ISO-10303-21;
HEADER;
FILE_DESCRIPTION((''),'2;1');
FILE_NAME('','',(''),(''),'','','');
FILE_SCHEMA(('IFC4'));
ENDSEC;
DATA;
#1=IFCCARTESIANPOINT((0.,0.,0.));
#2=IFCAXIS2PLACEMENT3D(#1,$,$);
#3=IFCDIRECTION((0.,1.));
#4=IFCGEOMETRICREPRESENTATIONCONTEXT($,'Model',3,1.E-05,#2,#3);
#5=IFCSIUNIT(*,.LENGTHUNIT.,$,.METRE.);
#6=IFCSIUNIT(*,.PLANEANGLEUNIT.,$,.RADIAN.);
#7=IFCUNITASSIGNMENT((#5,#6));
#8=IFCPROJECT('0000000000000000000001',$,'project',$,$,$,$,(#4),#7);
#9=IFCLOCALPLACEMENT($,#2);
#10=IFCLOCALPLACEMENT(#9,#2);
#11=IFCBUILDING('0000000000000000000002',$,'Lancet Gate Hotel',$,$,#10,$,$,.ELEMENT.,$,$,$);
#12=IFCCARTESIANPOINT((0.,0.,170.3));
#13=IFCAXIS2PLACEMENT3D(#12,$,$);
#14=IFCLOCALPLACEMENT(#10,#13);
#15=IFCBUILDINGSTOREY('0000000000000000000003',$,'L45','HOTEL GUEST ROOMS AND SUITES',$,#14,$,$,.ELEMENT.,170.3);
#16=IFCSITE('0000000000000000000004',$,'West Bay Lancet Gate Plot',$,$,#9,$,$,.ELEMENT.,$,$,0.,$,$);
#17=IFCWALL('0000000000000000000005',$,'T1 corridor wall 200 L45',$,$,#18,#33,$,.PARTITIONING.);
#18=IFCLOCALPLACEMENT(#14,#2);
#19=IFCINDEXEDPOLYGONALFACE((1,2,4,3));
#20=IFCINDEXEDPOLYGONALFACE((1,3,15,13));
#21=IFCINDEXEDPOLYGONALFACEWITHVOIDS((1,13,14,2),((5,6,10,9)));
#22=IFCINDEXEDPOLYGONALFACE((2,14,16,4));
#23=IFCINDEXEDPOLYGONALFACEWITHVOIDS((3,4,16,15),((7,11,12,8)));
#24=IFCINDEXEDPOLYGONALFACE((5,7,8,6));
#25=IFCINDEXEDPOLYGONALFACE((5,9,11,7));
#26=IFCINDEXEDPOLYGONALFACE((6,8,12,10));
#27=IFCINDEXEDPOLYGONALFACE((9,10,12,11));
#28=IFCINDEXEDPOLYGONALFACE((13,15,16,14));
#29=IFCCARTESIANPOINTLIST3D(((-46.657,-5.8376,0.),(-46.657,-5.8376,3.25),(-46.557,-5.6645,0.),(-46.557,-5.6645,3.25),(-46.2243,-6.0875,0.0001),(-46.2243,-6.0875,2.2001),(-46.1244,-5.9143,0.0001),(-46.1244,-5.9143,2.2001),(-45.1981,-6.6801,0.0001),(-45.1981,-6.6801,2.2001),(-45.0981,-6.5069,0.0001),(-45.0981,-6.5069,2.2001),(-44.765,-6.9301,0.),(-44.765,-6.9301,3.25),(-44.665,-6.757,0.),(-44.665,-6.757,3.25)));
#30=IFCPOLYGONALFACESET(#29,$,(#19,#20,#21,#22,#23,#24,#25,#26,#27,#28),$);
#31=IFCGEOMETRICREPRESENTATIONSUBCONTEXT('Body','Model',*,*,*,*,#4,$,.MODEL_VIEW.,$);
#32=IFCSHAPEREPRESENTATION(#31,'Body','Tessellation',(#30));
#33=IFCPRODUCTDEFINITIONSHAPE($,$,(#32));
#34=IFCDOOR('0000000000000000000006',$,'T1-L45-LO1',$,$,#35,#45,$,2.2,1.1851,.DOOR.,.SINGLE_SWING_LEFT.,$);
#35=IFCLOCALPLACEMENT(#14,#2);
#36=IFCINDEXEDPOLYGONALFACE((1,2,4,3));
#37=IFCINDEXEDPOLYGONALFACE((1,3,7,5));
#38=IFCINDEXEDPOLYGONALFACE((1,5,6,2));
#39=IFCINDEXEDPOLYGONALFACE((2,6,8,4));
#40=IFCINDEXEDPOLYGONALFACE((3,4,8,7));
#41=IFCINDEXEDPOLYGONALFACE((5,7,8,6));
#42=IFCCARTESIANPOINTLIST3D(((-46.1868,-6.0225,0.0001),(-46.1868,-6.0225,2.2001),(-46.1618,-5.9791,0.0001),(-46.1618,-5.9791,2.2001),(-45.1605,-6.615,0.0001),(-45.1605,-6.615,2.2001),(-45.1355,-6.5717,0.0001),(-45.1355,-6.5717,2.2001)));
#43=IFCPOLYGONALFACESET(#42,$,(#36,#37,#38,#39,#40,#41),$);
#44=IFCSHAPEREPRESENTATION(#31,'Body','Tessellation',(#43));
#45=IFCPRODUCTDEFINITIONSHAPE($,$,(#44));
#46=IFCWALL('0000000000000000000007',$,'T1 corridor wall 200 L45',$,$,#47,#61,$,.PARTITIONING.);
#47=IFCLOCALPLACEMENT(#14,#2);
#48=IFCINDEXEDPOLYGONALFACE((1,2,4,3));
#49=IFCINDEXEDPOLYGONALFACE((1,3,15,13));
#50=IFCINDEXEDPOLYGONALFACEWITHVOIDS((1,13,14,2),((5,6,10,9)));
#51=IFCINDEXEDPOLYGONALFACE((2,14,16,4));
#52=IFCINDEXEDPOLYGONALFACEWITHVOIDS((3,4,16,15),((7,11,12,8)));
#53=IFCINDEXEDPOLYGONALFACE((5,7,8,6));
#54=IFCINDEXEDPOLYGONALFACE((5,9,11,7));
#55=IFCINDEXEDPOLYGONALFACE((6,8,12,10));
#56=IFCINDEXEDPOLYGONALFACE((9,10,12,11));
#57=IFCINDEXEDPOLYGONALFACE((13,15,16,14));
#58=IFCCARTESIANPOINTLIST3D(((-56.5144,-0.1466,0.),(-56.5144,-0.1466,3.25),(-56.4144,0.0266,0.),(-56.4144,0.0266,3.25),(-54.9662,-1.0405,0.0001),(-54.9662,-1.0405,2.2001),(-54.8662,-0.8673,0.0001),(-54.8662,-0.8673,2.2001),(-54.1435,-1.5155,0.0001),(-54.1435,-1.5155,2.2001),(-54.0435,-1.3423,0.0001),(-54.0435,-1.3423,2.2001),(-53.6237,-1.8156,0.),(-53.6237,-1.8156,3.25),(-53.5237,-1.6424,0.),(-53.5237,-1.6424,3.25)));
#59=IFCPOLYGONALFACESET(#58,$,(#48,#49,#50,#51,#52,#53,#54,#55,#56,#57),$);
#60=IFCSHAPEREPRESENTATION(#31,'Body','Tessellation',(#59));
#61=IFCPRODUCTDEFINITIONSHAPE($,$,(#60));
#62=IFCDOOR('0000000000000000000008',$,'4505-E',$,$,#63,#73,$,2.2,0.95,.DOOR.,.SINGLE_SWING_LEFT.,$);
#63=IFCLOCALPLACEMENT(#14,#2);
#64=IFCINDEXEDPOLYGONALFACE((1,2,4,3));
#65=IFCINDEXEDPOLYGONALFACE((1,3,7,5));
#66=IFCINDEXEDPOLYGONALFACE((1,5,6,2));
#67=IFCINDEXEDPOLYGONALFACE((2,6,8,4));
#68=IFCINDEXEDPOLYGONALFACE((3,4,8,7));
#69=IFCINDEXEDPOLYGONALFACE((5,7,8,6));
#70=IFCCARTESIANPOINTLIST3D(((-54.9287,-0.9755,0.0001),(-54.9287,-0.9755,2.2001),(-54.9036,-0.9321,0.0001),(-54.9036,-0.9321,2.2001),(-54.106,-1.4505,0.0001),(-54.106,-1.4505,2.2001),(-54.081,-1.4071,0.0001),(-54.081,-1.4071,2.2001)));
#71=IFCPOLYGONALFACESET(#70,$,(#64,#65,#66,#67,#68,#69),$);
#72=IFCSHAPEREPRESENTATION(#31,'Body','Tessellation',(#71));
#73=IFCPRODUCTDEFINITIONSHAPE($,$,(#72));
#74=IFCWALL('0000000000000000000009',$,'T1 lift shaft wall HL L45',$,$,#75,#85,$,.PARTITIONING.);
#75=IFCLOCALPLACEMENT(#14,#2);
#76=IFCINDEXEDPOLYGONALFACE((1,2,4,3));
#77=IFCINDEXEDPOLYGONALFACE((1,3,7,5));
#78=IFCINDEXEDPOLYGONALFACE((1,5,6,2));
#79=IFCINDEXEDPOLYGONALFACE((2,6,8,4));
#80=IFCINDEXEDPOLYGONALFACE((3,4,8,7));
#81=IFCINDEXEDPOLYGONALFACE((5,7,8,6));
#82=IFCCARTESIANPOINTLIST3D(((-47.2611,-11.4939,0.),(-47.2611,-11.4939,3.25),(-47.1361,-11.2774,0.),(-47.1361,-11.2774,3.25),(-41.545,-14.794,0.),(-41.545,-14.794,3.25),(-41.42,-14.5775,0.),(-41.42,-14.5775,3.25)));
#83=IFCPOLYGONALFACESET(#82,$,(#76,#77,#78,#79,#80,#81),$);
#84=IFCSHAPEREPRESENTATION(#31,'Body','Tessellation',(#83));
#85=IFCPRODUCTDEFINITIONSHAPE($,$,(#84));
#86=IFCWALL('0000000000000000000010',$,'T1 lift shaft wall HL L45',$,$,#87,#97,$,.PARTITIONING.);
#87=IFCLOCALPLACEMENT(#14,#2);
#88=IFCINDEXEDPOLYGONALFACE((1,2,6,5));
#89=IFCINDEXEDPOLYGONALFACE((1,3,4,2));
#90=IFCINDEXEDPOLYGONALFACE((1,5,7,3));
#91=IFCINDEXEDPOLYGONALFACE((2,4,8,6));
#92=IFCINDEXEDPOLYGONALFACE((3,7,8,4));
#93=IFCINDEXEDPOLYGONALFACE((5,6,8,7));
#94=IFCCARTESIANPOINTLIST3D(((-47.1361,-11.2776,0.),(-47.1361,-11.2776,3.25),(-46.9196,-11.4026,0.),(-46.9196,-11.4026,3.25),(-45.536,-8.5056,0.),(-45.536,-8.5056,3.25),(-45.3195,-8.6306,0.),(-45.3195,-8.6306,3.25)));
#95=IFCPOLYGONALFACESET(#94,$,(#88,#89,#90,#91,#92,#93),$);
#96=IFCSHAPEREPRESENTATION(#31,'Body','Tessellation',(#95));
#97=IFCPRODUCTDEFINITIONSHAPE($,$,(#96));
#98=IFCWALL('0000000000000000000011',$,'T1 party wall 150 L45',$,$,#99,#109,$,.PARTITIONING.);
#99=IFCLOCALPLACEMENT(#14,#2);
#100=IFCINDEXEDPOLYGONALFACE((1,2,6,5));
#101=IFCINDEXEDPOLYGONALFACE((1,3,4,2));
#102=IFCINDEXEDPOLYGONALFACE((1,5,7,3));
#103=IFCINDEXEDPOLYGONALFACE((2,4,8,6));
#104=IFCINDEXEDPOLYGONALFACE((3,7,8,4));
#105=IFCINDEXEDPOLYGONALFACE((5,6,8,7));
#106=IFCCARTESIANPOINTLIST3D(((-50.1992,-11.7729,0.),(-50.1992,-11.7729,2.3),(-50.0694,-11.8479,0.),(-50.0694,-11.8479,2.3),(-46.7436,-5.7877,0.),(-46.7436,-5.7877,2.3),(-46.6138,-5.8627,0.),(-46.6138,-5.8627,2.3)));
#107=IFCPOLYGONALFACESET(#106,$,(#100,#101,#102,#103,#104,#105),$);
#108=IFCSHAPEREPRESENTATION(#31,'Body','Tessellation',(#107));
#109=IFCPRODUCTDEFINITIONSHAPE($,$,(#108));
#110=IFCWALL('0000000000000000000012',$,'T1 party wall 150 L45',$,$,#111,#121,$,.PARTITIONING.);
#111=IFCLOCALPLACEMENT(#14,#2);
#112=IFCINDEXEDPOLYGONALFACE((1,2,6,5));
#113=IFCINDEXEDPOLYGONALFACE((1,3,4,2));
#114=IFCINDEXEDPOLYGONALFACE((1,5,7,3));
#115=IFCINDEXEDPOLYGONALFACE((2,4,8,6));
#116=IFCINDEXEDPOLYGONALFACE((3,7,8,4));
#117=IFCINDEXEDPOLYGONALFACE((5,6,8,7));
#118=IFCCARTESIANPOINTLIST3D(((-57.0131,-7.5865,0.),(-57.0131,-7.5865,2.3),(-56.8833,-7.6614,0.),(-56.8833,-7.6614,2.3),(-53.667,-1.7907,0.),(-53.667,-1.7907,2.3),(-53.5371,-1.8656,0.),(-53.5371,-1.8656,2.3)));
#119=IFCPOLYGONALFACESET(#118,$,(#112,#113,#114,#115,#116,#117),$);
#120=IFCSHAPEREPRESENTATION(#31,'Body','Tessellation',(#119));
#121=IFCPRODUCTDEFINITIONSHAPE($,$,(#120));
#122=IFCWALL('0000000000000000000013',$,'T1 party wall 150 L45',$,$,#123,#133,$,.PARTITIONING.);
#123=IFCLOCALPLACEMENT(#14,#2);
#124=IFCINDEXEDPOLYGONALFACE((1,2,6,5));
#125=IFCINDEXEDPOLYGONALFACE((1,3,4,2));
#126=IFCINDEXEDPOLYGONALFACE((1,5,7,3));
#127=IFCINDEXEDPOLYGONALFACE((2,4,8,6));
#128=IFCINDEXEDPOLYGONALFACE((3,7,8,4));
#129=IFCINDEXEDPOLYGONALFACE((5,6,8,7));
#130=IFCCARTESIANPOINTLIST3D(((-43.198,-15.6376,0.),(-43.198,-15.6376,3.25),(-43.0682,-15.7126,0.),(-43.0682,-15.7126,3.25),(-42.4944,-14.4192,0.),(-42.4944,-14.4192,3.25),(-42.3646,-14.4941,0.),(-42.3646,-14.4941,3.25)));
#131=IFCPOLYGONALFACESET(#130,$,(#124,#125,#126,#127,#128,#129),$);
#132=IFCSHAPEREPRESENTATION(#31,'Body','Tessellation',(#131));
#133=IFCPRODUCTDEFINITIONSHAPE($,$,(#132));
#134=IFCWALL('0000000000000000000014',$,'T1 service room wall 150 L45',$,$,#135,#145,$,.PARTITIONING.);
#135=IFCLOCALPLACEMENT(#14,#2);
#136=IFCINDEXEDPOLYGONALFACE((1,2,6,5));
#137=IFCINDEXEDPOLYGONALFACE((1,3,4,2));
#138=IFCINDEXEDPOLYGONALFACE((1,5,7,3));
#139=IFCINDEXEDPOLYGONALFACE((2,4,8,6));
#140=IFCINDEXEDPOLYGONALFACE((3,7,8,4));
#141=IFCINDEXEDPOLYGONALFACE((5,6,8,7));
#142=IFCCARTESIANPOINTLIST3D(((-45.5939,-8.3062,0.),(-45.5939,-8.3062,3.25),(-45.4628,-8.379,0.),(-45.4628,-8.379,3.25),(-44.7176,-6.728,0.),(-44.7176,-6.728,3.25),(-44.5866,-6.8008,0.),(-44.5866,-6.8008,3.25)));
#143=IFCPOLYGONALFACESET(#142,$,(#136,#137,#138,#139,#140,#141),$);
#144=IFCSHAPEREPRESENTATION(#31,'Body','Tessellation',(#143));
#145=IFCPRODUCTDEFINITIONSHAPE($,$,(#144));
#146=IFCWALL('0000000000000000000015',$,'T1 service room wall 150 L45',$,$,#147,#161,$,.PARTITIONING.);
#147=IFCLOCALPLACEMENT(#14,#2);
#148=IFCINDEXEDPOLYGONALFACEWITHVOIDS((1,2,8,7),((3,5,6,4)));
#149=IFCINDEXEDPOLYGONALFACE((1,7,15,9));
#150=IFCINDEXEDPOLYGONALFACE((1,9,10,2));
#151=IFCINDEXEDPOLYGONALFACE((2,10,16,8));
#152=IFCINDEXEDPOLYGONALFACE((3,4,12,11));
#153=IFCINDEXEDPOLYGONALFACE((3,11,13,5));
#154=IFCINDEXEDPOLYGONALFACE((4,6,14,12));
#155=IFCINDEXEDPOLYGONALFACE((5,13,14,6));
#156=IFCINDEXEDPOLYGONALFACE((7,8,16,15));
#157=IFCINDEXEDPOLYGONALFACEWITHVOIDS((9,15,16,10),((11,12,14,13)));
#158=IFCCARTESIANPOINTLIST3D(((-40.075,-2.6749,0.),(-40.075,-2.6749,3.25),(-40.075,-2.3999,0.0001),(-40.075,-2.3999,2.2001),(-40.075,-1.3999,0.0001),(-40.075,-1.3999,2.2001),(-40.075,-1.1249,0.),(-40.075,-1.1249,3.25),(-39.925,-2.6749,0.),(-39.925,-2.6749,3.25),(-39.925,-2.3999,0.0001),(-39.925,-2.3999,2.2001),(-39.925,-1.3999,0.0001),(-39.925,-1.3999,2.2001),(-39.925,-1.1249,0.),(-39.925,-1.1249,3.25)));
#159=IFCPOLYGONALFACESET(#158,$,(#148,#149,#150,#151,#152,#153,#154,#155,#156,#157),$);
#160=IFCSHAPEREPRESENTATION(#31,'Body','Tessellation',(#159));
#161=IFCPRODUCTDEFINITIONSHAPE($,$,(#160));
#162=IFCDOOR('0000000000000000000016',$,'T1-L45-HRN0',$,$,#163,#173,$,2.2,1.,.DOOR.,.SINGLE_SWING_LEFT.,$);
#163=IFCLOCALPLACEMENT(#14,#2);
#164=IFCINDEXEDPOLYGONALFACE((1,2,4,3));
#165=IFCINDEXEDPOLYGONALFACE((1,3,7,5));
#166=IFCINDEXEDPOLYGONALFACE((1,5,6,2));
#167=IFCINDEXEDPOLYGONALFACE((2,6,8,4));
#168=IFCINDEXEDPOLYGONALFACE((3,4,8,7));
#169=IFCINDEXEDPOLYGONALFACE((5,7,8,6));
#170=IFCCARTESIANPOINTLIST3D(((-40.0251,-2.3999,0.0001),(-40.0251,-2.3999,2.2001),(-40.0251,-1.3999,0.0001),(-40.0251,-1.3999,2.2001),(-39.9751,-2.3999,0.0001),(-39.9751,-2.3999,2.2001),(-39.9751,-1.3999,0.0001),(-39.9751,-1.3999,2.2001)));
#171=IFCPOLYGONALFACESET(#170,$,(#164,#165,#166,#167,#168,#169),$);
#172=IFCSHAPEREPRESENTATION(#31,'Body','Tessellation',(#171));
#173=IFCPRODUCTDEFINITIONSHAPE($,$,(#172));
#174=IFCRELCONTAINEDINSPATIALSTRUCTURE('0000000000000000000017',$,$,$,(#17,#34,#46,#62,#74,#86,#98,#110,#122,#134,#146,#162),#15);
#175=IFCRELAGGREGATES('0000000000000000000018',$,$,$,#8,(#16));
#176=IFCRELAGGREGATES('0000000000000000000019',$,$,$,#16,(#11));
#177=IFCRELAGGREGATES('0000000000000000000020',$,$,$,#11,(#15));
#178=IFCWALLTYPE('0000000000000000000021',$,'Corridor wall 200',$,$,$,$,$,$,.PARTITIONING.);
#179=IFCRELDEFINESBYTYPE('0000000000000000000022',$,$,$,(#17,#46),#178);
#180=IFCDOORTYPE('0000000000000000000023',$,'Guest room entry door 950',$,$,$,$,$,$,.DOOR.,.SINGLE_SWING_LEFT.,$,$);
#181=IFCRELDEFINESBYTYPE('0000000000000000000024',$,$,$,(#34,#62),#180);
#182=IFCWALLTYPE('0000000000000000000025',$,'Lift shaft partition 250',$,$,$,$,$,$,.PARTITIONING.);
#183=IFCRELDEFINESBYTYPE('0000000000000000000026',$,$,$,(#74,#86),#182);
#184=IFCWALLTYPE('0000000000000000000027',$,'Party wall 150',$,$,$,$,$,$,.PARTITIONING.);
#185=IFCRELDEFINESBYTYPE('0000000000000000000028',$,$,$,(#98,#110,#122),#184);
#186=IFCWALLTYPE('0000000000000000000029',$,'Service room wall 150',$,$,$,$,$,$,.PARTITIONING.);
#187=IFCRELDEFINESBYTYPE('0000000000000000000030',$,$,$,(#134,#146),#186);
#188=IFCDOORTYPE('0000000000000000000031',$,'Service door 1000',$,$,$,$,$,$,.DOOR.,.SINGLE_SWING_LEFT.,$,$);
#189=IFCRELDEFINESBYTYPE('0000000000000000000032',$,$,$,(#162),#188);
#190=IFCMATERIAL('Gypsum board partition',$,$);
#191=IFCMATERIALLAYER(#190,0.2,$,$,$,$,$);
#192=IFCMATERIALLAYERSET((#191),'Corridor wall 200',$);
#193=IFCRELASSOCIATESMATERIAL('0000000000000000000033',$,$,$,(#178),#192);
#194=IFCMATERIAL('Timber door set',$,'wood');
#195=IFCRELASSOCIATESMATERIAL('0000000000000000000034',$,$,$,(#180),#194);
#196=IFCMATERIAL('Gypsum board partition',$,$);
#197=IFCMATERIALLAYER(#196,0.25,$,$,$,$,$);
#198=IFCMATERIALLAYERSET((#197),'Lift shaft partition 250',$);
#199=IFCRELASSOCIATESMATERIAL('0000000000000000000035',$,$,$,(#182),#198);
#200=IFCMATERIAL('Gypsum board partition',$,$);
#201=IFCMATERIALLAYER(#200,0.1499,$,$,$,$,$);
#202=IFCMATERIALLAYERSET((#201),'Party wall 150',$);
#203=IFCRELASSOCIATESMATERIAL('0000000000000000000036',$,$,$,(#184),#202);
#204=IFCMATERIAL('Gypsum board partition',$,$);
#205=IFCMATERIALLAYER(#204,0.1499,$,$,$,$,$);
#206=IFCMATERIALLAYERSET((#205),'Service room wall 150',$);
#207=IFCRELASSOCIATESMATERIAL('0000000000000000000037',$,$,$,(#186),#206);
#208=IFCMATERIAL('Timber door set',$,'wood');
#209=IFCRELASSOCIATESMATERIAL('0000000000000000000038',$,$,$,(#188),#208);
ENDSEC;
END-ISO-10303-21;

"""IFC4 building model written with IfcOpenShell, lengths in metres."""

from ifc_helpers import new_model, si_unit, direction, frame, frame_2d, origin, place, context, subcontext, project, spatial, rectangle, extrude, material, layer, layer_set, type_object, element, fill, save


model = new_model("IFC4")

# Units and contexts
model_context = context("Model", 3, precision=1e-05, world=origin(), true_north=direction((0.0, 1.0)))
body_context = subcontext(model_context, "Body", "Model", "MODEL_VIEW")
ifc_project = project(units=[si_unit("LENGTHUNIT", "METRE"), si_unit("PLANEANGLEUNIT", "RADIAN")], contexts=[model_context])

# Site, building, storey
site_placement = place(None, origin())
site = spatial("IfcSite", under=ifc_project, at=site_placement, Name="West Bay Lancet Gate Plot", CompositionType="ELEMENT", RefElevation=0.0)
building_placement = place(site_placement, origin())
building = spatial("IfcBuilding", under=site, at=building_placement, Name="Lancet Gate Hotel", CompositionType="ELEMENT")
storey_placement = place(building_placement, frame((0.0, 0.0, 170.3)))
storey = spatial("IfcBuildingStorey", under=building, at=storey_placement, Name="L45", Description="HOTEL GUEST ROOMS AND SUITES", CompositionType="ELEMENT", Elevation=170.3)

# Walls, openings, doors
ifc_material_1 = material(Name="Gypsum board partition")
ifc_layer_1 = layer(ifc_material_1, 0.2)
ifc_layer_set_1 = layer_set([ifc_layer_1], Name="Corridor wall 200")
wall_type_1 = type_object("IfcWallType", Name="Corridor wall 200", PredefinedType="PARTITIONING", material=ifc_layer_set_1)
wall_1_placement = place(storey_placement, frame((-44.7151, -6.8435, 0.0), z_axis=(0.0, 0.0, 1.0), x_axis=(-0.865999, 0.500045, 0.0)))
wall_1 = element("IfcWall", 1, at=wall_1_placement, inside=storey, type_object=wall_type_1, Name="T1 corridor wall 200 L45", PredefinedType="PARTITIONING", context=body_context, shape_type="SweptSolid", body=[
    extrude(rectangle(XDim=2.1848, YDim=0.2, at=frame_2d((1.0923, 0.0))), origin(), (0.0, 0.0, 1.0), 3.25),
])
opening_1_placement = place(wall_1_placement, frame((0.5, 0.0, 0.0)))
opening_1 = element("IfcOpeningElement", 2, at=opening_1_placement, cuts=wall_1, PredefinedType="OPENING", context=body_context, shape_type="SweptSolid", body=[
    extrude(rectangle(XDim=1.1851, YDim=2.2, at=frame_2d((0.5925, 1.1001))), frame((0.0, 0.1099, 0.0), z_axis=(0.0, -1.0, 0.0), x_axis=(1.0, 0.0, 0.0)), (0.0, 0.0, 1.0), 0.22),
])
ifc_material_2 = material(Name="Timber door set", Category="wood")
door_type_1 = type_object("IfcDoorType", Name="Guest room entry door 950", OperationType="SINGLE_SWING_LEFT", PredefinedType="DOOR", material=ifc_material_2)
door_1_placement = place(opening_1_placement, origin())
door_1 = element("IfcDoor", 3, at=door_1_placement, inside=storey, type_object=door_type_1, Name="T1-L45-LO1", OperationType="SINGLE_SWING_LEFT", OverallHeight=2.2, OverallWidth=1.1851, PredefinedType="DOOR", context=body_context, shape_type="SweptSolid", body=[
    extrude(rectangle(XDim=1.1851, YDim=2.2, at=frame_2d((0.5925, 1.1001))), frame((0.0, 0.0249, 0.0), z_axis=(0.0, -1.0, 0.0), x_axis=(1.0, 0.0, 0.0)), (0.0, 0.0, 1.0), 0.05),
])
fill(opening_1, door_1)
wall_2_placement = place(storey_placement, frame((-53.5737, -1.729, 0.0), z_axis=(0.0, 0.0, 1.0), x_axis=(-0.86602, 0.500009, 0.0)))
wall_2 = element("IfcWall", 4, at=wall_2_placement, inside=storey, type_object=wall_type_1, Name="T1 corridor wall 200 L45", PredefinedType="PARTITIONING", context=body_context, shape_type="SweptSolid", body=[
    extrude(rectangle(XDim=3.3379, YDim=0.2, at=frame_2d((1.6689, 0.0))), origin(), (0.0, 0.0, 1.0), 3.25),
])
opening_2_placement = place(wall_2_placement, frame((0.6001, 0.0, 0.0)))
opening_2 = element("IfcOpeningElement", 5, at=opening_2_placement, cuts=wall_2, PredefinedType="OPENING", context=body_context, shape_type="SweptSolid", body=[
    extrude(rectangle(XDim=0.95, YDim=2.2, at=frame_2d((0.4751, 1.1001))), frame((0.0, 0.1099, 0.0), z_axis=(0.0, -1.0, 0.0), x_axis=(1.0, 0.0, 0.0)), (0.0, 0.0, 1.0), 0.22),
])
door_2_placement = place(opening_2_placement, origin())
door_2 = element("IfcDoor", 6, at=door_2_placement, inside=storey, type_object=door_type_1, Name="4505-E", OperationType="SINGLE_SWING_LEFT", OverallHeight=2.2, OverallWidth=0.95, PredefinedType="DOOR", context=body_context, shape_type="SweptSolid", body=[
    extrude(rectangle(XDim=0.95, YDim=2.2, at=frame_2d((0.4751, 1.1001))), frame((0.0, 0.0249, 0.0), z_axis=(0.0, -1.0, 0.0), x_axis=(1.0, 0.0, 0.0)), (0.0, 0.0, 1.0), 0.05),
])
fill(opening_2, door_2)

# Walls
ifc_material_3 = material(Name="Gypsum board partition")
ifc_layer_2 = layer(ifc_material_3, 0.25)
ifc_layer_set_2 = layer_set([ifc_layer_2], Name="Lift shaft partition 250")
wall_type_2 = type_object("IfcWallType", Name="Lift shaft partition 250", PredefinedType="PARTITIONING", material=ifc_layer_set_2)
wall_3_placement = place(storey_placement, frame((-41.4824, -14.6858, 0.0), z_axis=(0.0, 0.0, 1.0), x_axis=(-0.866033, 0.499986, 0.0)))
element("IfcWall", 7, at=wall_3_placement, inside=storey, type_object=wall_type_2, Name="T1 lift shaft wall HL L45", PredefinedType="PARTITIONING", context=body_context, shape_type="SweptSolid", body=[
    extrude(rectangle(XDim=6.6003, YDim=0.25, at=frame_2d((3.3003, 0.0))), origin(), (0.0, 0.0, 1.0), 3.25),
])
wall_4_placement = place(storey_placement, frame((-45.4277, -8.5681, 0.0), z_axis=(0.0, 0.0, 1.0), x_axis=(-0.499929, -0.866066, 0.0)))
element("IfcWall", 8, at=wall_4_placement, inside=storey, type_object=wall_type_2, Name="T1 lift shaft wall HL L45", PredefinedType="PARTITIONING", context=body_context, shape_type="SweptSolid", body=[
    extrude(rectangle(XDim=3.2007, YDim=0.25, at=frame_2d((1.6003, 0.0))), origin(), (0.0, 0.0, 1.0), 3.25),
])
ifc_material_4 = material(Name="Gypsum board partition")
ifc_layer_3 = layer(ifc_material_4, 0.1499)
ifc_layer_set_3 = layer_set([ifc_layer_3], Name="Party wall 150")
wall_type_3 = type_object("IfcWallType", Name="Party wall 150", PredefinedType="PARTITIONING", material=ifc_layer_set_3)
wall_5_placement = place(storey_placement, frame((-46.6787, -5.8252, 0.0), z_axis=(0.0, 0.0, 1.0), x_axis=(-0.500007, -0.866021, 0.0)))
element("IfcWall", 9, at=wall_5_placement, inside=storey, type_object=wall_type_3, Name="T1 party wall 150 L45", PredefinedType="PARTITIONING", context=body_context, shape_type="SweptSolid", body=[
    extrude(rectangle(XDim=6.9111, YDim=0.1499, at=frame_2d((3.4556, 0.0))), origin(), (0.0, 0.0, 1.0), 2.3),
])
wall_6_placement = place(storey_placement, frame((-53.6021, -1.8281, 0.0), z_axis=(0.0, 0.0, 1.0), x_axis=(-0.499992, -0.86603, 0.0)))
element("IfcWall", 10, at=wall_6_placement, inside=storey, type_object=wall_type_3, Name="T1 party wall 150 L45", PredefinedType="PARTITIONING", context=body_context, shape_type="SweptSolid", body=[
    extrude(rectangle(XDim=6.6924, YDim=0.1499, at=frame_2d((3.3462, 0.0))), origin(), (0.0, 0.0, 1.0), 2.3),
])
wall_7_placement = place(storey_placement, frame((-42.4294, -14.4565, 0.0), z_axis=(0.0, 0.0, 1.0), x_axis=(-0.500058, -0.865992, 0.0)))
element("IfcWall", 11, at=wall_7_placement, inside=storey, type_object=wall_type_3, Name="T1 party wall 150 L45", PredefinedType="PARTITIONING", context=body_context, shape_type="SweptSolid", body=[
    extrude(rectangle(XDim=1.407, YDim=0.1499, at=frame_2d((0.7036, 0.0))), origin(), (0.0, 0.0, 1.0), 3.25),
])
ifc_material_5 = material(Name="Gypsum board partition")
ifc_layer_4 = layer(ifc_material_5, 0.1499)
ifc_layer_set_4 = layer_set([ifc_layer_4], Name="Service room wall 150")
wall_type_4 = type_object("IfcWallType", Name="Service room wall 150", PredefinedType="PARTITIONING", material=ifc_layer_set_4)
wall_8_placement = place(storey_placement, frame((-44.6521, -6.7644, 0.0), z_axis=(0.0, 0.0, 1.0), x_axis=(-0.485425, -0.874278, 0.0)))
element("IfcWall", 12, at=wall_8_placement, inside=storey, type_object=wall_type_4, Name="T1 service room wall 150 L45", PredefinedType="PARTITIONING", context=body_context, shape_type="SweptSolid", body=[
    extrude(rectangle(XDim=1.8052, YDim=0.1499, at=frame_2d((0.9026, 0.0))), origin(), (0.0, 0.0, 1.0), 3.25),
])

# Wall, opening, door
wall_9_placement = place(storey_placement, frame((-40.0, -1.125, 0.0), z_axis=(0.0, 0.0, 1.0), x_axis=(0.0, -1.0, 0.0)))
wall_9 = element("IfcWall", 13, at=wall_9_placement, inside=storey, type_object=wall_type_4, Name="T1 service room wall 150 L45", PredefinedType="PARTITIONING", context=body_context, shape_type="SweptSolid", body=[
    extrude(rectangle(XDim=1.55, YDim=0.1499, at=frame_2d((0.7749, 0.0))), origin(), (0.0, 0.0, 1.0), 3.25),
])
opening_3_placement = place(wall_9_placement, frame((0.2749, 0.0, 0.0)))
opening_3 = element("IfcOpeningElement", 14, at=opening_3_placement, cuts=wall_9, PredefinedType="OPENING", context=body_context, shape_type="SweptSolid", body=[
    extrude(rectangle(XDim=1.0, YDim=2.2, at=frame_2d((0.5, 1.1001))), frame((0.0, 0.085, 0.0), z_axis=(0.0, -1.0, 0.0), x_axis=(1.0, 0.0, 0.0)), (0.0, 0.0, 1.0), 0.1699),
])
ifc_material_6 = material(Name="Timber door set", Category="wood")
door_type_2 = type_object("IfcDoorType", Name="Service door 1000", OperationType="SINGLE_SWING_LEFT", PredefinedType="DOOR", material=ifc_material_6)
door_3_placement = place(opening_3_placement, origin())
door_3 = element("IfcDoor", 15, at=door_3_placement, inside=storey, type_object=door_type_2, Name="T1-L45-HRN0", OperationType="SINGLE_SWING_LEFT", OverallHeight=2.2, OverallWidth=1.0, PredefinedType="DOOR", context=body_context, shape_type="SweptSolid", body=[
    extrude(rectangle(XDim=1.0, YDim=2.2, at=frame_2d((0.5, 1.1001))), frame((0.0, 0.0249, 0.0), z_axis=(0.0, -1.0, 0.0), x_axis=(1.0, 0.0, 0.0)), (0.0, 0.0, 1.0), 0.05),
])
fill(opening_3, door_3)

save(model, "model.ifc")
